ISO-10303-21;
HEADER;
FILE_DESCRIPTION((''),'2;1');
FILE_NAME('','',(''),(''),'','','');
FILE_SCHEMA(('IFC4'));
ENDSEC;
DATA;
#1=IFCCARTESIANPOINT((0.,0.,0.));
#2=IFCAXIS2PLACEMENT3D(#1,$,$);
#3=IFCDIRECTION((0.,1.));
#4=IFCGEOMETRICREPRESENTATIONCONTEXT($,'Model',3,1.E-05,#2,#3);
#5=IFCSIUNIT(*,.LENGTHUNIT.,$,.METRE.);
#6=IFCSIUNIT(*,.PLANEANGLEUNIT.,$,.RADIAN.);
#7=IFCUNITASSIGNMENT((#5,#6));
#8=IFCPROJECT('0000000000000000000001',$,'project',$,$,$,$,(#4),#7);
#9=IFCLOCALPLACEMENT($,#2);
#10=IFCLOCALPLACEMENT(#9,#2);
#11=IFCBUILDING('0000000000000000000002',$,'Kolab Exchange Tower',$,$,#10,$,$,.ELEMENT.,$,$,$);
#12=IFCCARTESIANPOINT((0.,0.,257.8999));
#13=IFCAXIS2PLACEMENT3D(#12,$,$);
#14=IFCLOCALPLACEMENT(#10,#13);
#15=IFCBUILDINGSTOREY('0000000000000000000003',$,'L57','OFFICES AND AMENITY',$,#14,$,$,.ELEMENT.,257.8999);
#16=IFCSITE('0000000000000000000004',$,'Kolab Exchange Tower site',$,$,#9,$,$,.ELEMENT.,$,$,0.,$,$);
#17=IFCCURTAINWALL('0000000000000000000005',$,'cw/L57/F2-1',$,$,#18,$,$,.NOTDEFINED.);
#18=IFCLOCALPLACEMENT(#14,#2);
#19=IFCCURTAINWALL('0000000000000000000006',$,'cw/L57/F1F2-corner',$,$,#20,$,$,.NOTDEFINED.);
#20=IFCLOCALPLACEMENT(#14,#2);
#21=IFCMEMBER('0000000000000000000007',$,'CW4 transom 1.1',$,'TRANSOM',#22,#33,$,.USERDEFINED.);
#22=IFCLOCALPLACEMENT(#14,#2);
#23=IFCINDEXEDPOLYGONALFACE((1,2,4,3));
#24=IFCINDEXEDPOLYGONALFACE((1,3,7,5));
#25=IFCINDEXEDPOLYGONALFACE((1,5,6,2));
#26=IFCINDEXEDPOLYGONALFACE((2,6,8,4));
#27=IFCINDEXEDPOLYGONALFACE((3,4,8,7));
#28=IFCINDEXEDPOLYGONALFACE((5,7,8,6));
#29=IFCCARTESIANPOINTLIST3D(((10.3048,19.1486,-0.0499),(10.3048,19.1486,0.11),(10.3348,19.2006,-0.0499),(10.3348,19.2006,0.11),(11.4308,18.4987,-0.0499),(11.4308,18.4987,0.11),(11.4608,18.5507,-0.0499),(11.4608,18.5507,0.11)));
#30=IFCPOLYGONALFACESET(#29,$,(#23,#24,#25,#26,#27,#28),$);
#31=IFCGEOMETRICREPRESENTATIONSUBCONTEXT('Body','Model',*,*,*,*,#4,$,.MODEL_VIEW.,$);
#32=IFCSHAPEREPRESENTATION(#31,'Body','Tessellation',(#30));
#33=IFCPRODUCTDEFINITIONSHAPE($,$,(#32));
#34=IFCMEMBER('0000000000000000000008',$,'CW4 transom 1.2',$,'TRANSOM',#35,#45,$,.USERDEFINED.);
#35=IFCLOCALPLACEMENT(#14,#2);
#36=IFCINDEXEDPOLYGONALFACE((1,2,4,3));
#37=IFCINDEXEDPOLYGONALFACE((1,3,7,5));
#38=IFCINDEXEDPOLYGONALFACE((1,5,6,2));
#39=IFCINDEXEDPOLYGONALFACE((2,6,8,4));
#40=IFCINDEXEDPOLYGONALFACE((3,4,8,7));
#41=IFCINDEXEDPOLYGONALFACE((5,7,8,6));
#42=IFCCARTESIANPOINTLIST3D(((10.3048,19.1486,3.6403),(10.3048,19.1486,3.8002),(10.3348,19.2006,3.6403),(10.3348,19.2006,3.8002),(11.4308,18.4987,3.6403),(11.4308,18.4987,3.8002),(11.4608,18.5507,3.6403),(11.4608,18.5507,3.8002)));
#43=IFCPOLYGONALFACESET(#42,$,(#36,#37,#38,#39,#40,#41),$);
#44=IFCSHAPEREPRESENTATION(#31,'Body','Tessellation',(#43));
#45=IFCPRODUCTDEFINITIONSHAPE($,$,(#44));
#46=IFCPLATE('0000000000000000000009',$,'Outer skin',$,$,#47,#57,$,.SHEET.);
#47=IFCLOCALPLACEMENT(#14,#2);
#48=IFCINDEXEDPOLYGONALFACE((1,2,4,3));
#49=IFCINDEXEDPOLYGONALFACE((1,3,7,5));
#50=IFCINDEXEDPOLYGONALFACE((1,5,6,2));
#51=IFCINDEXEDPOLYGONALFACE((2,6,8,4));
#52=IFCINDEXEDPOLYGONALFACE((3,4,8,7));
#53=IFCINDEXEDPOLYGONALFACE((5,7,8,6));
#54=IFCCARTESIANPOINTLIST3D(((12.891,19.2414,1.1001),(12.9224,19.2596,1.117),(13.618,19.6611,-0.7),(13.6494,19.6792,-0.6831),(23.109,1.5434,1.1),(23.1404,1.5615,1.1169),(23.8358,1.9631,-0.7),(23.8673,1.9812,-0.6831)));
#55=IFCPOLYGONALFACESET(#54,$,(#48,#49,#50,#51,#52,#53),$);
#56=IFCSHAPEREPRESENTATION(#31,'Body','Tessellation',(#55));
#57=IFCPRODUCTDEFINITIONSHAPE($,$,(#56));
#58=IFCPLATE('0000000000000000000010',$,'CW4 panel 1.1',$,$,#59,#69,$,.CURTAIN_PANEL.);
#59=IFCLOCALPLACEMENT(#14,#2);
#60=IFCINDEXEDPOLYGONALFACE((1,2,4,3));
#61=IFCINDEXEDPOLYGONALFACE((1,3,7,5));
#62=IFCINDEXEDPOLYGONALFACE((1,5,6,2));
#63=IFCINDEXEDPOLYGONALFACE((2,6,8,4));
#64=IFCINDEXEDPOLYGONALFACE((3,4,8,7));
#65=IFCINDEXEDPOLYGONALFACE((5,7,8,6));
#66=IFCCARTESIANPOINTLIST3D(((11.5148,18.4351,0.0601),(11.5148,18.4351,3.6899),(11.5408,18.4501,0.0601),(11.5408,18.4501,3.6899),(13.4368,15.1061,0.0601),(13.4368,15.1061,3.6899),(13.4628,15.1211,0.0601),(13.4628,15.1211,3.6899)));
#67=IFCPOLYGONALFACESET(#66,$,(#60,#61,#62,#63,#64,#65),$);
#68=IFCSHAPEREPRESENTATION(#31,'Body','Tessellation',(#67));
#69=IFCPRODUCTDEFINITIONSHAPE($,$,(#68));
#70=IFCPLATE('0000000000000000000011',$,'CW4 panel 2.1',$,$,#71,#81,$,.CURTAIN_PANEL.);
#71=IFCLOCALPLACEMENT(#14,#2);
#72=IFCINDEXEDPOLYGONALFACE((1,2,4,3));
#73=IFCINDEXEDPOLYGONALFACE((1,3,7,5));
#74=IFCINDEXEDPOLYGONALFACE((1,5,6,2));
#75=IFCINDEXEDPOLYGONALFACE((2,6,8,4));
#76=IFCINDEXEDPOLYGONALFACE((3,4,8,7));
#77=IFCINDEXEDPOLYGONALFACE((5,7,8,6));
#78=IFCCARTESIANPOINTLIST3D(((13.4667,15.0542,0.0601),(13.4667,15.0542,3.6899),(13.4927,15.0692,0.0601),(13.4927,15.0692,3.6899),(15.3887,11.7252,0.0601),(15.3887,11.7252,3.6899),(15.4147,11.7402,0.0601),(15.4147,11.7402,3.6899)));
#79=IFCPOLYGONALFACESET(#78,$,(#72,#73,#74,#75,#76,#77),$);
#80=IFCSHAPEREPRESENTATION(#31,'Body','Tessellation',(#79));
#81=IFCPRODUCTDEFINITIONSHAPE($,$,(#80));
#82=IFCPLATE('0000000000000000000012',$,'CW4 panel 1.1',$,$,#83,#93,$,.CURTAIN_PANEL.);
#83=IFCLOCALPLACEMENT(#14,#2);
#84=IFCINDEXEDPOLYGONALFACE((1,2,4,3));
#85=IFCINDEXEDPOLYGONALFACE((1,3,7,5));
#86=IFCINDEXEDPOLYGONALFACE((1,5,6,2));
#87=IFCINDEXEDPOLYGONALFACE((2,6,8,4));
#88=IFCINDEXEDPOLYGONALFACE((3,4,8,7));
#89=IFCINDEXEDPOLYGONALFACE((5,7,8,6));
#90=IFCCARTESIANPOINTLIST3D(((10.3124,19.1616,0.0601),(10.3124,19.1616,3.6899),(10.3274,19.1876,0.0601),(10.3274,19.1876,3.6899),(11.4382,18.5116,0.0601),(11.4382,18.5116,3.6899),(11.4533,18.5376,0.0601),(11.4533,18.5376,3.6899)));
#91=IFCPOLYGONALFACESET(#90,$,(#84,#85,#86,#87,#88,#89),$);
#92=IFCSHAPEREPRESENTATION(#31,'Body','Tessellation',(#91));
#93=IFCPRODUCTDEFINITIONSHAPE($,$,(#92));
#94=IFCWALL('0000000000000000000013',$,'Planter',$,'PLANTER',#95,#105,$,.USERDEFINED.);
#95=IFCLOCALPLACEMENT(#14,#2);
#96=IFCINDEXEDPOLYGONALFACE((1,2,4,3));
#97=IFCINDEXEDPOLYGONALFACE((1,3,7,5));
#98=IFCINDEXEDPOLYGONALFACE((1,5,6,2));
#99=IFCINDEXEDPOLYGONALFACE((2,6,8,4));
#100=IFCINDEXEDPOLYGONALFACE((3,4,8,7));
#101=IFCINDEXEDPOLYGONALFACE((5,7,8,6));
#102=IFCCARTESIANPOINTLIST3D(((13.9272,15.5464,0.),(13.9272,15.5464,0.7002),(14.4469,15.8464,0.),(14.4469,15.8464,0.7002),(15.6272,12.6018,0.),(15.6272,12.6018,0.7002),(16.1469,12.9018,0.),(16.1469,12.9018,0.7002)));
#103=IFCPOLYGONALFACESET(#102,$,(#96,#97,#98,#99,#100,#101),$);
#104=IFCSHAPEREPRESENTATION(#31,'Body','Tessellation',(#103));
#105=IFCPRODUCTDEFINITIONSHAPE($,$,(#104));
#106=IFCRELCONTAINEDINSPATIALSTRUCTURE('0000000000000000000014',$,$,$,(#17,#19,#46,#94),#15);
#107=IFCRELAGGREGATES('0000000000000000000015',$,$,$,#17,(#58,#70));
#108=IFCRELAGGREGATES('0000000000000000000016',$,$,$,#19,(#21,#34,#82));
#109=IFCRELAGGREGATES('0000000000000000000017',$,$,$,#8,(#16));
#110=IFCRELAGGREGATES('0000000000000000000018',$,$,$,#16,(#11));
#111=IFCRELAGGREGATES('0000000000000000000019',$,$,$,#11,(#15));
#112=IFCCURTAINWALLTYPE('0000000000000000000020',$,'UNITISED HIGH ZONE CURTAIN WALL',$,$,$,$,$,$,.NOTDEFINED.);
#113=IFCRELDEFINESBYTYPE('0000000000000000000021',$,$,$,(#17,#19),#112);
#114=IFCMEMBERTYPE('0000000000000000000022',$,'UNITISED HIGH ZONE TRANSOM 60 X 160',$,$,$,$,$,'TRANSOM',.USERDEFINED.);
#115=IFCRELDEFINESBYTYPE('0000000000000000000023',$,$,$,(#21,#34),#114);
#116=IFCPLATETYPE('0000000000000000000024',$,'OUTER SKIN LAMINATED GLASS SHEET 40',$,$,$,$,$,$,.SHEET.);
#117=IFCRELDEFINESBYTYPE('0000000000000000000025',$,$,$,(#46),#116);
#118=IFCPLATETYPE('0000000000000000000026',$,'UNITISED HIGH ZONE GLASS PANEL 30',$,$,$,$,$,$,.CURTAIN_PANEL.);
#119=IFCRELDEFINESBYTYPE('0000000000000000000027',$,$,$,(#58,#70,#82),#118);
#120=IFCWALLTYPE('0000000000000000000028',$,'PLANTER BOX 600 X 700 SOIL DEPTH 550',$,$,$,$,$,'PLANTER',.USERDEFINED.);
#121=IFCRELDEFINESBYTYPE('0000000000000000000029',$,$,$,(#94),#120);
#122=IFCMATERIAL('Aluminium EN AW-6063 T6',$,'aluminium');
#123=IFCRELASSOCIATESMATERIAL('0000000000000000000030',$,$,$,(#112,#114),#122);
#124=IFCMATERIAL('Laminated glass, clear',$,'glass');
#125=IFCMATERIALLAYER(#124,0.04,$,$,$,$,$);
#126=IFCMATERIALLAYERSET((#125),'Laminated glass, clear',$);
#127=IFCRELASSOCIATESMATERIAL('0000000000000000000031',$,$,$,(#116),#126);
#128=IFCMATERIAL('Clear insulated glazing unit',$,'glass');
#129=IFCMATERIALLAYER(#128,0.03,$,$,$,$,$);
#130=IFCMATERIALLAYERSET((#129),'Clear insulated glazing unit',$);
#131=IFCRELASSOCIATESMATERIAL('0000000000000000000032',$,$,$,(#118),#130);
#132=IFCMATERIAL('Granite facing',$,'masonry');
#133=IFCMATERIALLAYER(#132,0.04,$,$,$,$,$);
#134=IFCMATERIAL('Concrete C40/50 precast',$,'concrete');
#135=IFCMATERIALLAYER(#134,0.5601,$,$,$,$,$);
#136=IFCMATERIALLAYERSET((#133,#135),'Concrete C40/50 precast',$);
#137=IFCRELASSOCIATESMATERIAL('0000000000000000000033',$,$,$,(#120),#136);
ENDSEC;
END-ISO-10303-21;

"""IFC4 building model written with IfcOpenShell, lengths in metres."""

from ifc_helpers import new_model, si_unit, direction, frame, frame_2d, origin, origin_2d, place, context, subcontext, project, spatial, polyline, rectangle, outline, extrude, material, layer, layer_set, material_profile, profile_set, type_object, element, aggregate, save


model = new_model("IFC4")

# Units and contexts
model_context = context("Model", 3, precision=1e-05, world=origin(), true_north=direction((0.0, 1.0)))
body_context = subcontext(model_context, "Body", "Model", "MODEL_VIEW")
ifc_project = project(units=[si_unit("LENGTHUNIT", "METRE"), si_unit("PLANEANGLEUNIT", "RADIAN")], contexts=[model_context])

# Site, building, storey
site_placement = place(None, origin())
site = spatial("IfcSite", under=ifc_project, at=site_placement, Name="Kolab Exchange Tower site", CompositionType="ELEMENT", RefElevation=0.0)
building_placement = place(site_placement, origin())
building = spatial("IfcBuilding", under=site, at=building_placement, Name="Kolab Exchange Tower", CompositionType="ELEMENT")
storey_placement = place(building_placement, frame((0.0, 0.0, 257.8999)))
storey = spatial("IfcBuildingStorey", under=building, at=storey_placement, Name="L57", Description="OFFICES AND AMENITY", CompositionType="ELEMENT", Elevation=257.8999)

# Curtain walls
ifc_material_1 = material(Name="Aluminium EN AW-6063 T6", Category="aluminium")
curtain_wall_type = type_object("IfcCurtainWallType", Name="UNITISED HIGH ZONE CURTAIN WALL", PredefinedType="NOTDEFINED", material=ifc_material_1)
curtain_wall_1_placement = place(storey_placement, origin())
curtain_wall_1 = element("IfcCurtainWall", 1, at=curtain_wall_1_placement, inside=storey, type_object=curtain_wall_type, Name="cw/L57/F2-1", PredefinedType="NOTDEFINED")
curtain_wall_2_placement = place(storey_placement, origin())
curtain_wall_2 = element("IfcCurtainWall", 2, at=curtain_wall_2_placement, inside=storey, type_object=curtain_wall_type, Name="cw/L57/F1F2-corner", PredefinedType="NOTDEFINED")

# Members
ifc_material_profile_1 = material_profile(ifc_material_1, rectangle(XDim=0.0601, YDim=0.1599, at=origin_2d()), Name="RECT 60X160")
ifc_profile_set_1 = profile_set([ifc_material_profile_1], Name="Aluminium EN AW-6063 T6")
member_type_1 = type_object("IfcMemberType", Name="UNITISED HIGH ZONE TRANSOM 60 X 160", ElementType="TRANSOM", PredefinedType="USERDEFINED", material=ifc_profile_set_1)
member_1_placement = place(storey_placement, frame((10.3198, 19.1746, 0.03), z_axis=(0.866086, -0.499896, 0.0), x_axis=(0.499896, 0.866086, 0.0)))
member_1 = element("IfcMember", 3, at=member_1_placement, type_object=member_type_1, Name="CW4 transom 1.1", ObjectType="TRANSOM", PredefinedType="USERDEFINED", context=body_context, shape_type="SweptSolid", body=[
    extrude(rectangle(XDim=0.0601, YDim=0.1599, at=origin_2d()), origin(), (0.0, 0.0, 1.0), 1.3),
])
member_2_placement = place(storey_placement, frame((10.3198, 19.1746, 3.7202), z_axis=(0.866086, -0.499896, 0.0), x_axis=(0.499896, 0.866086, 0.0)))
member_2 = element("IfcMember", 4, at=member_2_placement, type_object=member_type_1, Name="CW4 transom 1.2", ObjectType="TRANSOM", PredefinedType="USERDEFINED", context=body_context, shape_type="SweptSolid", body=[
    extrude(rectangle(XDim=0.0601, YDim=0.1599, at=origin_2d()), origin(), (0.0, 0.0, 1.0), 1.3),
])

# Plates
ifc_material_2 = material(Name="Laminated glass, clear", Category="glass")
ifc_layer_1 = layer(ifc_material_2, 0.04)
ifc_layer_set_1 = layer_set([ifc_layer_1], Name="Laminated glass, clear")
plate_type_1 = type_object("IfcPlateType", Name="OUTER SKIN LAMINATED GLASS SHEET 40", PredefinedType="SHEET", material=ifc_layer_set_1)
plate_1_placement = place(storey_placement, frame((13.6494, 19.6792, -0.6831), z_axis=(0.784886, 0.453152, 0.422619), x_axis=(0.499997, -0.866027, 0.000002)))
element("IfcPlate", 5, at=plate_1_placement, inside=storey, type_object=plate_type_1, Name="Outer skin", PredefinedType="SHEET", context=body_context, shape_type="SweptSolid", body=[
    extrude(outline(polyline([(0.0, 0.0), (20.4358, 0.0), (20.4359, -1.9861), (-0.0001, -1.9862), (0.0, 0.0)])), origin(), (0.0, 0.0, -1.0), 0.04),
])
ifc_material_3 = material(Name="Clear insulated glazing unit", Category="glass")
ifc_layer_2 = layer(ifc_material_3, 0.03)
ifc_layer_set_2 = layer_set([ifc_layer_2], Name="Clear insulated glazing unit")
plate_type_2 = type_object("IfcPlateType", Name="UNITISED HIGH ZONE GLASS PANEL 30", PredefinedType="CURTAIN_PANEL", material=ifc_layer_set_2)
plate_2_placement = place(storey_placement, frame((12.4888, 16.7781, 0.0601), z_axis=(0.0, 0.0, 1.0), x_axis=(0.5, -0.866025, 0.0)))
plate_2 = element("IfcPlate", 6, at=plate_2_placement, type_object=plate_type_2, Name="CW4 panel 1.1", PredefinedType="CURTAIN_PANEL", context=body_context, shape_type="SweptSolid", body=[
    extrude(rectangle(XDim=3.844, YDim=0.03, at=origin_2d()), origin(), (0.0, 0.0, 1.0), 3.6299),
])
plate_3_placement = place(storey_placement, frame((14.4407, 13.3972, 0.0601), z_axis=(0.0, 0.0, 1.0), x_axis=(0.5, -0.866025, 0.0)))
plate_3 = element("IfcPlate", 7, at=plate_3_placement, type_object=plate_type_2, Name="CW4 panel 2.1", PredefinedType="CURTAIN_PANEL", context=body_context, shape_type="SweptSolid", body=[
    extrude(rectangle(XDim=3.844, YDim=0.03, at=origin_2d()), origin(), (0.0, 0.0, 1.0), 3.6299),
])
aggregate(curtain_wall_1, [plate_2, plate_3])
plate_4_placement = place(storey_placement, frame((10.8828, 18.8496, 0.0601), z_axis=(0.0, 0.0, 1.0), x_axis=(0.866025, -0.5, 0.0)))
plate_4 = element("IfcPlate", 8, at=plate_4_placement, type_object=plate_type_2, Name="CW4 panel 1.1", PredefinedType="CURTAIN_PANEL", context=body_context, shape_type="SweptSolid", body=[
    extrude(rectangle(XDim=1.3, YDim=0.03, at=origin_2d()), origin(), (0.0, 0.0, 1.0), 3.6299),
])
aggregate(curtain_wall_2, [member_1, member_2, plate_4])

# Wall
ifc_material_4 = material(Name="Granite facing", Category="masonry")
ifc_layer_3 = layer(ifc_material_4, 0.04)
ifc_material_5 = material(Name="Concrete C40/50 precast", Category="concrete")
ifc_layer_4 = layer(ifc_material_5, 0.5601)
ifc_layer_set_3 = layer_set([ifc_layer_3, ifc_layer_4], Name="Concrete C40/50 precast")
wall_type = type_object("IfcWallType", Name="PLANTER BOX 600 X 700 SOIL DEPTH 550", ElementType="PLANTER", PredefinedType="USERDEFINED", material=ifc_layer_set_3)
wall_placement = place(storey_placement, frame((14.187, 15.6965, 0.0), z_axis=(0.0, 0.0, 1.0), x_axis=(0.499977, -0.866039, 0.0)))
element("IfcWall", 9, at=wall_placement, inside=storey, type_object=wall_type, Name="Planter", ObjectType="PLANTER", PredefinedType="USERDEFINED", context=body_context, shape_type="SweptSolid", body=[
    extrude(rectangle(XDim=3.4001, YDim=0.6001, at=frame_2d((1.7002, 0.0))), origin(), (0.0, 0.0, 1.0), 0.7002),
])

save(model, "model.ifc")
